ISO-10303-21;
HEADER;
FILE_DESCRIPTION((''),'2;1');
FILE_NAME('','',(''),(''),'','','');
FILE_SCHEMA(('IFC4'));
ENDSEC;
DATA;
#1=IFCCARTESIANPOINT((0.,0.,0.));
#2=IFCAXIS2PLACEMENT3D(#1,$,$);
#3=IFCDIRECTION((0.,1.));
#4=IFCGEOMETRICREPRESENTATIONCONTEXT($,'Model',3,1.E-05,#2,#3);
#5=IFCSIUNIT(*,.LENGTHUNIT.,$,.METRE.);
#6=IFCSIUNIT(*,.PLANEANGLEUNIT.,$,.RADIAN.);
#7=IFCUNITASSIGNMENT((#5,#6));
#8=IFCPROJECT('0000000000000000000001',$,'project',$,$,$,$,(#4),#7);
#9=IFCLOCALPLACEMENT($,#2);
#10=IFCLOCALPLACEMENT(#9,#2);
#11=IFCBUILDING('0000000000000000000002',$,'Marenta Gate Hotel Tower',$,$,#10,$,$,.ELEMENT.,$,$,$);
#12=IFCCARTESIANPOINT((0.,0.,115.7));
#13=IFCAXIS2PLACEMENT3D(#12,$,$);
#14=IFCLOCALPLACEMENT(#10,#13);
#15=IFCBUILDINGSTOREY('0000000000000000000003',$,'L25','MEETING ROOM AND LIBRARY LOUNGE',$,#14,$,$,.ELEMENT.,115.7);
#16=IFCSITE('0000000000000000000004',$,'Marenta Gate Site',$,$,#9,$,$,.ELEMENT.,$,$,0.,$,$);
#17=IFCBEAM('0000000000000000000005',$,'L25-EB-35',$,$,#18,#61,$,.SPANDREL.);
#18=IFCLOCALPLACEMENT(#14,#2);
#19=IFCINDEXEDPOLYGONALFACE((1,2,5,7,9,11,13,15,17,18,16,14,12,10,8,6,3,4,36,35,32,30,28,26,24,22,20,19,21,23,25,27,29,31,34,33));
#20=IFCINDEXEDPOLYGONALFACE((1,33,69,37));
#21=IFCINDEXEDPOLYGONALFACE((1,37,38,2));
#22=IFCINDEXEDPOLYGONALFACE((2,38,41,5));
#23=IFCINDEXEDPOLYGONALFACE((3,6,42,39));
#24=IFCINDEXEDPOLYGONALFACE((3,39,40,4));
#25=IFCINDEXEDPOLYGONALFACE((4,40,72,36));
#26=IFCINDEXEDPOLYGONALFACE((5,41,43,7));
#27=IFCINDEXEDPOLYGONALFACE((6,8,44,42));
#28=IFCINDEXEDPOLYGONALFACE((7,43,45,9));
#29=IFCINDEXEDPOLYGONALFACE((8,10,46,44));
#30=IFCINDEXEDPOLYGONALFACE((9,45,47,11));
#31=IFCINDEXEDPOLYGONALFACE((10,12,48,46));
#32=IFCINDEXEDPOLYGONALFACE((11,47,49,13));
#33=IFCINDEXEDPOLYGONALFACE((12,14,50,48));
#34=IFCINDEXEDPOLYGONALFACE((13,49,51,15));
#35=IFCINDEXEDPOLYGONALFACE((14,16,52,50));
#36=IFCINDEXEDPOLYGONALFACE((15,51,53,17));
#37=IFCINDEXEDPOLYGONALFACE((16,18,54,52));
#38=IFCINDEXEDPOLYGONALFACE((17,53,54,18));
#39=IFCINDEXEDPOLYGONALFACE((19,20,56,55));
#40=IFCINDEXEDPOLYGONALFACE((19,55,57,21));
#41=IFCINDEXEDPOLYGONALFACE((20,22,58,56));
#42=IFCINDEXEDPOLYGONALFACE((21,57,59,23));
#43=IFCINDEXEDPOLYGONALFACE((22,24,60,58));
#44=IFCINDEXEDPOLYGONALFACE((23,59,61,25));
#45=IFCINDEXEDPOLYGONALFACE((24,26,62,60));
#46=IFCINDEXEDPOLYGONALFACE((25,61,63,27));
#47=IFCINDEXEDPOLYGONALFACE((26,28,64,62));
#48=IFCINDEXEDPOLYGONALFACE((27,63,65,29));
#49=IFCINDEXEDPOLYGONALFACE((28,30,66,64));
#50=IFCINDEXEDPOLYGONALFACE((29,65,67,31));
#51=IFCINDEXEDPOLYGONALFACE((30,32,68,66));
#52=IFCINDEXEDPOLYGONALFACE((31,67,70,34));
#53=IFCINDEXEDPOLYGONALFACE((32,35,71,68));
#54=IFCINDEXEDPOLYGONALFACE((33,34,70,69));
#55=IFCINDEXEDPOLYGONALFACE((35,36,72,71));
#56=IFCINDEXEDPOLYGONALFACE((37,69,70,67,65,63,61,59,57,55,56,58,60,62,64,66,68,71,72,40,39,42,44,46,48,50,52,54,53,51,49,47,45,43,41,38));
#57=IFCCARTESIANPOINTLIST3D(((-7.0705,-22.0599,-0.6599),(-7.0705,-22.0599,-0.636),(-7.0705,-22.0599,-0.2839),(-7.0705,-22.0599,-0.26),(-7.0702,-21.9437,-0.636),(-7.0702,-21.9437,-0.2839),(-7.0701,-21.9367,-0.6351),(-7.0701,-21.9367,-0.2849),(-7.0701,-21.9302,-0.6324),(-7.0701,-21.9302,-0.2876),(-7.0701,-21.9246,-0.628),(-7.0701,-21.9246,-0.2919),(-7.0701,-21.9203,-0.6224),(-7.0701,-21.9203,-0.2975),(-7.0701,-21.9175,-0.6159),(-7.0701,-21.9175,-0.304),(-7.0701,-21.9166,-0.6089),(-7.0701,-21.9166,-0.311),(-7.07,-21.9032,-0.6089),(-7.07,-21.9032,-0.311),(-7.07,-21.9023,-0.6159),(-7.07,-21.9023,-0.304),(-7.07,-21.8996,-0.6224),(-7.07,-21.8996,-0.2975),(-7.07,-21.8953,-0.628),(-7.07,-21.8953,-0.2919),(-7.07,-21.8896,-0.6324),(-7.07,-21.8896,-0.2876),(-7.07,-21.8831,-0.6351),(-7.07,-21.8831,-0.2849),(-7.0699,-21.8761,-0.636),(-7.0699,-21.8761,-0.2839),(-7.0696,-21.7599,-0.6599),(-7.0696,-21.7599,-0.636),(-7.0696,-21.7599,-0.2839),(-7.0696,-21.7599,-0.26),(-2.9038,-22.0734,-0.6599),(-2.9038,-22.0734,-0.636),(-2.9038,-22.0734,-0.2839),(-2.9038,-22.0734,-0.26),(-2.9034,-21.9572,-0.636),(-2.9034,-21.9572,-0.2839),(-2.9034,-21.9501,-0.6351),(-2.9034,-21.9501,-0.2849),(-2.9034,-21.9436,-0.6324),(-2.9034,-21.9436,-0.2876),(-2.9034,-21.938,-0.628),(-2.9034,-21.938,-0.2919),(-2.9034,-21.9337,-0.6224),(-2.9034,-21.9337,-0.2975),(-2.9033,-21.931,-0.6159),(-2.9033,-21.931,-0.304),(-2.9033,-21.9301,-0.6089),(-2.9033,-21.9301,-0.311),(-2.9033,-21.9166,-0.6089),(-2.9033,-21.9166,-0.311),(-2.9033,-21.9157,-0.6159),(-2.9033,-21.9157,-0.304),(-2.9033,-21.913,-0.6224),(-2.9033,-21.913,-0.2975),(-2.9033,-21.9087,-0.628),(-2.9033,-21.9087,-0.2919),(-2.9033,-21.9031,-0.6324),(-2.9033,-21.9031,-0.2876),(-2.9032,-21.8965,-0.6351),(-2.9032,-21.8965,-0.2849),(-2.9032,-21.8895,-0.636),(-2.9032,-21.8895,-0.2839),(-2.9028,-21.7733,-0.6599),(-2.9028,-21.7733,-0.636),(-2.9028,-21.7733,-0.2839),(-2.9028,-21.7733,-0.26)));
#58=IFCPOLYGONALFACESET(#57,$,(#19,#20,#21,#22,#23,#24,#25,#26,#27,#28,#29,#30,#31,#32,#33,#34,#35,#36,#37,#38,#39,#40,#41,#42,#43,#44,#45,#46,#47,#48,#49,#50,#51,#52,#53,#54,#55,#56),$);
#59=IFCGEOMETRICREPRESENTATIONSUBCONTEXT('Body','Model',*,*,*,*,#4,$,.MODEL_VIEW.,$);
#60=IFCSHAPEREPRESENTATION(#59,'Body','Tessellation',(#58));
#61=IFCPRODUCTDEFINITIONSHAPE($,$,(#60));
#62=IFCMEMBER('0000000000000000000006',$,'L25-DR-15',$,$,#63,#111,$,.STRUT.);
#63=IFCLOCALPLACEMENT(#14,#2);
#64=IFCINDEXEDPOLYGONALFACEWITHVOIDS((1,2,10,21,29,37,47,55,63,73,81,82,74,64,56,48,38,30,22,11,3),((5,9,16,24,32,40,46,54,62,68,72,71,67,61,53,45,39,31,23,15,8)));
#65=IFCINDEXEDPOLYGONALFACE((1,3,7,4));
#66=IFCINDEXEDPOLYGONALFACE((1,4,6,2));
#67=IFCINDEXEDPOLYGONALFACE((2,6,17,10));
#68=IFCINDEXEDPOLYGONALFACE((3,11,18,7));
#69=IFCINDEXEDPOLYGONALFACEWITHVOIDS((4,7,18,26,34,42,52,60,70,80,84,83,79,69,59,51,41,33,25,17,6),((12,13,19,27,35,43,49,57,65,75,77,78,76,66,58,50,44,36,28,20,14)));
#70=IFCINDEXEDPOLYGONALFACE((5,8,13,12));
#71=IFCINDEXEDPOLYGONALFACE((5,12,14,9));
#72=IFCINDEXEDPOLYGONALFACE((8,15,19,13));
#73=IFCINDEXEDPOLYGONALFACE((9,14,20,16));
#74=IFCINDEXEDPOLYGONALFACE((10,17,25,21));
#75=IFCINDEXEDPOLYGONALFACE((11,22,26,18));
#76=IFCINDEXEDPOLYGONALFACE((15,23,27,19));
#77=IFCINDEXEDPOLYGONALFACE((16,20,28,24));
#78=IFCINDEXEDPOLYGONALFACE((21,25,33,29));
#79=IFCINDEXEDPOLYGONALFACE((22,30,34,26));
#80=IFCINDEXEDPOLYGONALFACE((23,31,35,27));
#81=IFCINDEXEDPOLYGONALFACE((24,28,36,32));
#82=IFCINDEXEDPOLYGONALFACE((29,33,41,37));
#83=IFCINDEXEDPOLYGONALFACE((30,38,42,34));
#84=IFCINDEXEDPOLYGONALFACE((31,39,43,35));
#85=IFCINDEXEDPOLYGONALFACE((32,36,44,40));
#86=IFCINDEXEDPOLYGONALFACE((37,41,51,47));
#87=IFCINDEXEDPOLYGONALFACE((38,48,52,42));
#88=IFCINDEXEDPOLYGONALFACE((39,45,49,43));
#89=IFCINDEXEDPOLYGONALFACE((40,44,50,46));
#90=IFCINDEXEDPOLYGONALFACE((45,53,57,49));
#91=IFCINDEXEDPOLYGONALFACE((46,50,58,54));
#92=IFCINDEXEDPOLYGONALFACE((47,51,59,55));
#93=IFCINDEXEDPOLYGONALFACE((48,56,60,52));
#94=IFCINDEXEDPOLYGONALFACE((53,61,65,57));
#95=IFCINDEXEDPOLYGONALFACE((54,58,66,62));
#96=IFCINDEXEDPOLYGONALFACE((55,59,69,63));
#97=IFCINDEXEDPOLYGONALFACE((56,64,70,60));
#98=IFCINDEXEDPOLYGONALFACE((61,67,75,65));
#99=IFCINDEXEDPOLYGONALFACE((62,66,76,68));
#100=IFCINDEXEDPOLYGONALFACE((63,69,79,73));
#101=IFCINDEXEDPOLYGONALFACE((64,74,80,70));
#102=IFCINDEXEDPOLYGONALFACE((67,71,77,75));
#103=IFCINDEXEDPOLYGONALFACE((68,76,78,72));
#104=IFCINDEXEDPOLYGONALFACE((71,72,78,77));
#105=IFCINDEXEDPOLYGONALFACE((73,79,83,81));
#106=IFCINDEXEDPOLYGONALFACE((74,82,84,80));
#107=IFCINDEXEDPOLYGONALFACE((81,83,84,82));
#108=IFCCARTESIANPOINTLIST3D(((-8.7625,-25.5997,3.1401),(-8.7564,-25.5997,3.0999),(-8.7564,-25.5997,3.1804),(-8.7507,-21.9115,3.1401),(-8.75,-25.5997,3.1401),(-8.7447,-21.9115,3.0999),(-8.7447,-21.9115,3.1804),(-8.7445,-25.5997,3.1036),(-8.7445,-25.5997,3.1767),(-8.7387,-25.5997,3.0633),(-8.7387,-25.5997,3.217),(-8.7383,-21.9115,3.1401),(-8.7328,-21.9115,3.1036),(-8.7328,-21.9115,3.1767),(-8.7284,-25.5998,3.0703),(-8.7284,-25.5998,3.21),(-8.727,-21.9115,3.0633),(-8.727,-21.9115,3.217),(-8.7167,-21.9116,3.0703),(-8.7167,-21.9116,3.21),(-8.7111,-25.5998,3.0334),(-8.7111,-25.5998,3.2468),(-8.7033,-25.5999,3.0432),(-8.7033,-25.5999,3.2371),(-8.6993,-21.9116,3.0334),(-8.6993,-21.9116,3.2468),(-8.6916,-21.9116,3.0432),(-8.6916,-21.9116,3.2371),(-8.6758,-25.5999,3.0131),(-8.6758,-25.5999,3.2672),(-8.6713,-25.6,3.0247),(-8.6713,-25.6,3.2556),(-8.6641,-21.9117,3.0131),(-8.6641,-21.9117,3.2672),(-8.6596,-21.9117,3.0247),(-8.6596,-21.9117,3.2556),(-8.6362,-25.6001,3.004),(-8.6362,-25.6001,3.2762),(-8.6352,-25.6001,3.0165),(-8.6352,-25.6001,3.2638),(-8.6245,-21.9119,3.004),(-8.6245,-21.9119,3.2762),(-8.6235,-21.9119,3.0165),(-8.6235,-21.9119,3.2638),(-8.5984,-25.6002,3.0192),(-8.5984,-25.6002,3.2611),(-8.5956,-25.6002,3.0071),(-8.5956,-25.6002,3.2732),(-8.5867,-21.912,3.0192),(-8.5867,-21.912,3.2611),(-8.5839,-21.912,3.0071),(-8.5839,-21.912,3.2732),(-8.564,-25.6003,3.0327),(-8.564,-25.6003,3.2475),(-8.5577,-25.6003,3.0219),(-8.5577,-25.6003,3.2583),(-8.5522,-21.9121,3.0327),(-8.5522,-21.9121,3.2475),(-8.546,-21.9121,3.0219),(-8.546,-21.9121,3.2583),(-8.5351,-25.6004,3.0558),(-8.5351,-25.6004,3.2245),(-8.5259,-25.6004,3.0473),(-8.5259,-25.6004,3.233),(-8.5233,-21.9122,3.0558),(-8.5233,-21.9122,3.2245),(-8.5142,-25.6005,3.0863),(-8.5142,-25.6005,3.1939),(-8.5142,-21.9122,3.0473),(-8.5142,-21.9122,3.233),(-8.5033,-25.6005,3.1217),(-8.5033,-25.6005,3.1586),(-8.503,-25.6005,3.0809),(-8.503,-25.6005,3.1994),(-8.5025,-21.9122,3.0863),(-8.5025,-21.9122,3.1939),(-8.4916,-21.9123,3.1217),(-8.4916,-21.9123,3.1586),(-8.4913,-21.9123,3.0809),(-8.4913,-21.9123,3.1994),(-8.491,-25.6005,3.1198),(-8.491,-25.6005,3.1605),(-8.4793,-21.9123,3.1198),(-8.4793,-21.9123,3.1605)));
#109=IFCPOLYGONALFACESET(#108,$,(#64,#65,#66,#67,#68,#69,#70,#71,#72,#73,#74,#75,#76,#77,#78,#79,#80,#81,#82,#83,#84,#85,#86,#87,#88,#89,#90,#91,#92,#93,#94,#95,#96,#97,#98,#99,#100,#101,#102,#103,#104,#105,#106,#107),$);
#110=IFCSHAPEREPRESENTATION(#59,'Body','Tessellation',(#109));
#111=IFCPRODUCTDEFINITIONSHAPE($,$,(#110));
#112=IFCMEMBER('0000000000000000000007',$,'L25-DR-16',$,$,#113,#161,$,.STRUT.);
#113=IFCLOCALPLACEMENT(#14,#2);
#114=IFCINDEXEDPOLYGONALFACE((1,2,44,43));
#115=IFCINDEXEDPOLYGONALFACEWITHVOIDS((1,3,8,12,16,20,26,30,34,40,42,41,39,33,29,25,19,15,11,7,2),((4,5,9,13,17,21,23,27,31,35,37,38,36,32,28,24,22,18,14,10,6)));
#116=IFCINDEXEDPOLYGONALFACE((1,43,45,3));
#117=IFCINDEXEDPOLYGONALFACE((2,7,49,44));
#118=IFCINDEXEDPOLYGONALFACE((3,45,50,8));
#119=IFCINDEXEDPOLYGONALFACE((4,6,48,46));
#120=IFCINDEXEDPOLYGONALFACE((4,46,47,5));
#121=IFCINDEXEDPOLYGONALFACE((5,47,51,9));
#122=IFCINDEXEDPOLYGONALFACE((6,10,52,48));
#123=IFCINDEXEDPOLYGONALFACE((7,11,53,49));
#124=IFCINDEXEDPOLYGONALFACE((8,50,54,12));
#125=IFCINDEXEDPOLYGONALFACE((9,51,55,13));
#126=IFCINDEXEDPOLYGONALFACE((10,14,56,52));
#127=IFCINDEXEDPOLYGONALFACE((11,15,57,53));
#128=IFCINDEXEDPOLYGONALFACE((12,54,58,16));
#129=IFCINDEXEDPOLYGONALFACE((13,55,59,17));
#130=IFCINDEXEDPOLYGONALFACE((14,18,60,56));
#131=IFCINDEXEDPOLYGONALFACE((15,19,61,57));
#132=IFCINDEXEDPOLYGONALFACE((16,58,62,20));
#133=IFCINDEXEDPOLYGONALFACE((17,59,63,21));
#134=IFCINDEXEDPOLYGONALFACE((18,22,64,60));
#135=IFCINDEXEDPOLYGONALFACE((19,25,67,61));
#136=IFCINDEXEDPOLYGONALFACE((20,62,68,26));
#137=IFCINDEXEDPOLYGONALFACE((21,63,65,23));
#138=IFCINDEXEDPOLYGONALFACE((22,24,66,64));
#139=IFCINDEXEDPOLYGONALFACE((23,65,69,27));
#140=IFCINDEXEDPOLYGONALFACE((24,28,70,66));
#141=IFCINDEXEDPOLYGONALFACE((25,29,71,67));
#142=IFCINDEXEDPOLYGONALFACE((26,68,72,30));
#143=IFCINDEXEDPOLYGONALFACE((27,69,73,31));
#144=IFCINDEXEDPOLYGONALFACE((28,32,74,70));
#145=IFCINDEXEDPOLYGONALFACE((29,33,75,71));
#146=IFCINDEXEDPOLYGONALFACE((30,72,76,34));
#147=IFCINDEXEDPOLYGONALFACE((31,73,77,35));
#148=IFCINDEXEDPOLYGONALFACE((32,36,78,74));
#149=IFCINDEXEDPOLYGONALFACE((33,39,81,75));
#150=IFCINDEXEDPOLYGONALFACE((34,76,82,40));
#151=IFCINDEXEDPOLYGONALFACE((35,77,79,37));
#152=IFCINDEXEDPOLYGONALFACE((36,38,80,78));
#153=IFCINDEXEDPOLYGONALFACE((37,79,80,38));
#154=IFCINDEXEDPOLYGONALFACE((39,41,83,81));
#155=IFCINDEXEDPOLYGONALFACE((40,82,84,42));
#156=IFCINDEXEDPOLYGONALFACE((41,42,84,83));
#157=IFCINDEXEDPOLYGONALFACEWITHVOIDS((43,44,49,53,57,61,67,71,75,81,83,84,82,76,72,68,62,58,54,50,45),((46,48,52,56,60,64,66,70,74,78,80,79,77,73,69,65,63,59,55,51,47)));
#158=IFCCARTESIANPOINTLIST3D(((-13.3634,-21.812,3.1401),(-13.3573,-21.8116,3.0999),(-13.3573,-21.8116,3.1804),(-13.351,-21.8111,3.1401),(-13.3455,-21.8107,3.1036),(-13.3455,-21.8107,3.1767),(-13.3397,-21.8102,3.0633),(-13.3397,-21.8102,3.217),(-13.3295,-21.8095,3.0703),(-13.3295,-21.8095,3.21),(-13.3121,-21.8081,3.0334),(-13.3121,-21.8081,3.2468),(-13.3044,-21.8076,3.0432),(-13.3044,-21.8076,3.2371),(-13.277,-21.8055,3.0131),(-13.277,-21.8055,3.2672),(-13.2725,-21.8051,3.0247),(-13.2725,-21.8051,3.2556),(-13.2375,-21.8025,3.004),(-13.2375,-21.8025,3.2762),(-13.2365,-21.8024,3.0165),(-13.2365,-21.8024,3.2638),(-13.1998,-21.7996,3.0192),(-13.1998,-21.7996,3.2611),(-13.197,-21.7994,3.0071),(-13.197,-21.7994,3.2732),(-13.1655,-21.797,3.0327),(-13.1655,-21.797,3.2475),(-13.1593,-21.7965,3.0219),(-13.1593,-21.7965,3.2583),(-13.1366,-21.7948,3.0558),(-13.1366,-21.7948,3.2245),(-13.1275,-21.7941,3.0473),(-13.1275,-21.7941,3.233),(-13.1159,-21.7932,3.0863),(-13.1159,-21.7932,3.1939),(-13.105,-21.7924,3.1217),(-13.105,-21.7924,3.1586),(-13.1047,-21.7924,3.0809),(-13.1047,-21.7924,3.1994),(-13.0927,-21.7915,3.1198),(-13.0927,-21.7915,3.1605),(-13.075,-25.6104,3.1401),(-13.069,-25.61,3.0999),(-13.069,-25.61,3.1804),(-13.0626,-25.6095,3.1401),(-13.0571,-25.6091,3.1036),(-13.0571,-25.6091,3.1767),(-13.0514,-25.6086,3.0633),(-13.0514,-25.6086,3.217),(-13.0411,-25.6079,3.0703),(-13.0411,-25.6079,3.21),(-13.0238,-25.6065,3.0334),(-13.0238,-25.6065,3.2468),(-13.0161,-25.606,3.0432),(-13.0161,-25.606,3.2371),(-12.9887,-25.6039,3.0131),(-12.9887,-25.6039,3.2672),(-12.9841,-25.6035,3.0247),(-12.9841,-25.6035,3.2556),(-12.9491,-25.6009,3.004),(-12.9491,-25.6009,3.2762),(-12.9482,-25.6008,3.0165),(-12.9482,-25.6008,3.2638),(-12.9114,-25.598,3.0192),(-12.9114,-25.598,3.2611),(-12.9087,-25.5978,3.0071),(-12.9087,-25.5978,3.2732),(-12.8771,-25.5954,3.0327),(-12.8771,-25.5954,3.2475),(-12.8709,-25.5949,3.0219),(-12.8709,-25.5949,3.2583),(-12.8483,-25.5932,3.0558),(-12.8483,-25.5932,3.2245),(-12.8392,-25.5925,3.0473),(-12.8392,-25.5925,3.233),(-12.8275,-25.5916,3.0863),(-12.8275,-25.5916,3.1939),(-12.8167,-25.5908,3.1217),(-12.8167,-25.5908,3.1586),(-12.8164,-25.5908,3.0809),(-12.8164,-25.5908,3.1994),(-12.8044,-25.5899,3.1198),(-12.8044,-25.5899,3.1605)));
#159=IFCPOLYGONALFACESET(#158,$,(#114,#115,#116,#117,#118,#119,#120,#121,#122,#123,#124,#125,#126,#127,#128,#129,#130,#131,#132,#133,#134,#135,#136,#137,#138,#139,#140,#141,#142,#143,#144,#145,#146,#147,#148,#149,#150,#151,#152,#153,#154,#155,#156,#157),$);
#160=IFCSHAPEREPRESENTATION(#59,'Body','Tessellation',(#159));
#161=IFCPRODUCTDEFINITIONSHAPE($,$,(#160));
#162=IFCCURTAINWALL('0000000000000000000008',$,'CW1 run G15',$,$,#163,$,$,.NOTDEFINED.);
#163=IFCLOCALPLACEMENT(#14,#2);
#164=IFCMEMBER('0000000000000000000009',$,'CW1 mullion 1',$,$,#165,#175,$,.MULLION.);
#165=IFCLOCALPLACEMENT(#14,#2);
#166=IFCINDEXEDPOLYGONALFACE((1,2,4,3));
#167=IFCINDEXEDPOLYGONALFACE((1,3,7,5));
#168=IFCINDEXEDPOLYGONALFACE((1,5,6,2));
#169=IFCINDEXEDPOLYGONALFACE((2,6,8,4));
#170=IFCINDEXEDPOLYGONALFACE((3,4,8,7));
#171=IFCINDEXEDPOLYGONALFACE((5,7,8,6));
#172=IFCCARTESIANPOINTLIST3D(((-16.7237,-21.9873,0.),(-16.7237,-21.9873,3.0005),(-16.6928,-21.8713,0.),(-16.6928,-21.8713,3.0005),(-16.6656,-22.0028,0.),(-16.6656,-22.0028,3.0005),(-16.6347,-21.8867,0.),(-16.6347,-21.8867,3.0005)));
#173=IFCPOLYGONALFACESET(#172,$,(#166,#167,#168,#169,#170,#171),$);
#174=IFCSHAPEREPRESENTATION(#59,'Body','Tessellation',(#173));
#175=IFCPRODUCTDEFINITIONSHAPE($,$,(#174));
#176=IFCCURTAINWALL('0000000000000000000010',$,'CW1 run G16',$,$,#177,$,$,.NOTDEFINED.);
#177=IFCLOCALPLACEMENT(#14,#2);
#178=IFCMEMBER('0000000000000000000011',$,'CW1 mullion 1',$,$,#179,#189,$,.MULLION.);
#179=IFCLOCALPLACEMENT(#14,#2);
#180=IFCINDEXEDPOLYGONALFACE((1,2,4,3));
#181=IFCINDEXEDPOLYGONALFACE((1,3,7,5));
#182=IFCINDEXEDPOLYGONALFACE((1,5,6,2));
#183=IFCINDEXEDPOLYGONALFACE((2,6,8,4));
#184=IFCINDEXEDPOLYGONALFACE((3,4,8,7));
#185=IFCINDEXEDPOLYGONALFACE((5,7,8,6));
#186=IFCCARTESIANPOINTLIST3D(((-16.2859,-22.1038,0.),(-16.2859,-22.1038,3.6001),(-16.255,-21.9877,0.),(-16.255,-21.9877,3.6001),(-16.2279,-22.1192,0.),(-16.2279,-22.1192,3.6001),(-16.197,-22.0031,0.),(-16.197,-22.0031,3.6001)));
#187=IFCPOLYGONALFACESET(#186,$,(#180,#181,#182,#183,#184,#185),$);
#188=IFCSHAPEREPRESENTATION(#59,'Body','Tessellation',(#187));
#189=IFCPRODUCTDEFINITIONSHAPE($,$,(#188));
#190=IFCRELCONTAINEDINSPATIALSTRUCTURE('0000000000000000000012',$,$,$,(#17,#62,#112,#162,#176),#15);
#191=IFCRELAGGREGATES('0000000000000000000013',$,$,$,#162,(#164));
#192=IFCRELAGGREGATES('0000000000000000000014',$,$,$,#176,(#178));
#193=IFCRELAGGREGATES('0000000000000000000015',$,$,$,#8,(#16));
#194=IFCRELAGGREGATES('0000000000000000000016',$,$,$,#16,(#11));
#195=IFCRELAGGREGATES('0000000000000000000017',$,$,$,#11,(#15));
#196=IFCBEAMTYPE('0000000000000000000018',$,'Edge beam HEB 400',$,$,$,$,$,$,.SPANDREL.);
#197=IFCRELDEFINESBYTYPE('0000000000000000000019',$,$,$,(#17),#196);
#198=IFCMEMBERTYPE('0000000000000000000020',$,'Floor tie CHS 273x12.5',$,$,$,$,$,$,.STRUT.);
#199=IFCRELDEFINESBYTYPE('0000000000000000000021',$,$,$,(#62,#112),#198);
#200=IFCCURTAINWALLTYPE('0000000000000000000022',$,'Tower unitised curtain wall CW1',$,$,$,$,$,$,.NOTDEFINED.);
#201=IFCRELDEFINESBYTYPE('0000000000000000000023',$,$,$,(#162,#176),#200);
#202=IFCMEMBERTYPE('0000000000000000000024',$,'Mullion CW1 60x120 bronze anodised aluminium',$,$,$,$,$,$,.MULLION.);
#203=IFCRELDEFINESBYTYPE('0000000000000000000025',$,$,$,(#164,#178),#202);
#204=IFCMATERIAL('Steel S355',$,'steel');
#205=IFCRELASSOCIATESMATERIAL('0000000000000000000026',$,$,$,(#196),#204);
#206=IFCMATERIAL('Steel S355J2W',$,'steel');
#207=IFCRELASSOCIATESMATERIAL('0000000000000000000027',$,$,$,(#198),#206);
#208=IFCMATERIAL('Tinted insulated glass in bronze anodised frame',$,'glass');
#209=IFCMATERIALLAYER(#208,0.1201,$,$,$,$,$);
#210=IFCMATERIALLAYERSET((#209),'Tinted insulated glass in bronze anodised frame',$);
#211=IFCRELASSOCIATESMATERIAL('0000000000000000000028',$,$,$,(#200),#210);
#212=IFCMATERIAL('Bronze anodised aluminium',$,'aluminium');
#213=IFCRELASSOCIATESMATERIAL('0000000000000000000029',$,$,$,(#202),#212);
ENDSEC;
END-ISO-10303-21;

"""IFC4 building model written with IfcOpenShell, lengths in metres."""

from ifc_helpers import new_model, si_unit, direction, frame, origin, origin_2d, place, context, subcontext, project, spatial, rectangle, hollow_circle, i_section, extrude, material, layer, layer_set, material_profile, profile_set, type_object, element, aggregate, save


model = new_model("IFC4")

# Units and contexts
model_context = context("Model", 3, precision=1e-05, world=origin(), true_north=direction((0.0, 1.0)))
body_context = subcontext(model_context, "Body", "Model", "MODEL_VIEW")
ifc_project = project(units=[si_unit("LENGTHUNIT", "METRE"), si_unit("PLANEANGLEUNIT", "RADIAN")], contexts=[model_context])

# Site, building, storey
site_placement = place(None, origin())
site = spatial("IfcSite", under=ifc_project, at=site_placement, Name="Marenta Gate Site", CompositionType="ELEMENT", RefElevation=0.0)
building_placement = place(site_placement, origin())
building = spatial("IfcBuilding", under=site, at=building_placement, Name="Marenta Gate Hotel Tower", CompositionType="ELEMENT")
storey_placement = place(building_placement, frame((0.0, 0.0, 115.7)))
storey = spatial("IfcBuildingStorey", under=building, at=storey_placement, Name="L25", Description="MEETING ROOM AND LIBRARY LOUNGE", CompositionType="ELEMENT", Elevation=115.7)

# Beam
ifc_material_1 = material(Name="Steel S355", Category="steel")
ifc_material_profile_1 = material_profile(ifc_material_1, i_section(OverallWidth=0.3, OverallDepth=0.3999, WebThickness=0.0134, FlangeThickness=0.0239, FilletRadius=0.0271, at=origin_2d()), Name="HEB 400")
ifc_profile_set_1 = profile_set([ifc_material_profile_1], Name="Steel S355")
beam_type = type_object("IfcBeamType", Name="Edge beam HEB 400", PredefinedType="SPANDREL", material=ifc_profile_set_1)
beam_placement = place(storey_placement, frame((-2.9033, -21.9233, -0.46), z_axis=(-0.999995, 0.003223, 0.0), x_axis=(-0.003223, -0.999995, 0.0)))
element("IfcBeam", 1, at=beam_placement, inside=storey, type_object=beam_type, Name="L25-EB-35", PredefinedType="SPANDREL", context=body_context, shape_type="SweptSolid", body=[
    extrude(i_section(OverallWidth=0.3, OverallDepth=0.3999, WebThickness=0.0134, FlangeThickness=0.0239, FilletRadius=0.0271, at=origin_2d()), origin(), (0.0, 0.0, 1.0), 4.1667),
])

# Members
ifc_material_2 = material(Name="Steel S355J2W", Category="steel")
ifc_material_profile_2 = material_profile(ifc_material_2, hollow_circle(Radius=0.1365, WallThickness=0.0125, at=origin_2d()), Name="CHS 273x12.5")
ifc_profile_set_2 = profile_set([ifc_material_profile_2], Name="Steel S355J2W")
member_type_1 = type_object("IfcMemberType", Name="Floor tie CHS 273x12.5", PredefinedType="STRUT", material=ifc_profile_set_2)
member_1_placement = place(storey_placement, frame((-8.626, -25.6001, 3.1401), z_axis=(0.003177, 0.999995, 0.0), x_axis=(-0.999995, 0.003177, 0.0)))
element("IfcMember", 2, at=member_1_placement, inside=storey, type_object=member_type_1, Name="L25-DR-15", PredefinedType="STRUT", context=body_context, shape_type="SweptSolid", body=[
    extrude(hollow_circle(Radius=0.1365, WallThickness=0.0125, at=origin_2d()), origin(), (0.0, 0.0, 1.0), 3.6882),
])
member_2_placement = place(storey_placement, frame((-12.939, -25.6001, 3.1401), z_axis=(-0.075692, 0.997131, 0.0), x_axis=(-0.997131, -0.075692, 0.0)))
element("IfcMember", 3, at=member_2_placement, inside=storey, type_object=member_type_1, Name="L25-DR-16", PredefinedType="STRUT", context=body_context, shape_type="SweptSolid", body=[
    extrude(hollow_circle(Radius=0.1365, WallThickness=0.0125, at=origin_2d()), origin(), (0.0, 0.0, 1.0), 3.8093),
])

# Curtain walls, members
ifc_material_3 = material(Name="Tinted insulated glass in bronze anodised frame", Category="glass")
ifc_layer_1 = layer(ifc_material_3, 0.1201)
ifc_layer_set_1 = layer_set([ifc_layer_1], Name="Tinted insulated glass in bronze anodised frame")
curtain_wall_type = type_object("IfcCurtainWallType", Name="Tower unitised curtain wall CW1", PredefinedType="NOTDEFINED", material=ifc_layer_set_1)
curtain_wall_1_placement = place(storey_placement, origin())
curtain_wall_1 = element("IfcCurtainWall", 4, at=curtain_wall_1_placement, inside=storey, type_object=curtain_wall_type, Name="CW1 run G15", PredefinedType="NOTDEFINED")
ifc_material_4 = material(Name="Bronze anodised aluminium", Category="aluminium")
ifc_material_profile_3 = material_profile(ifc_material_4, rectangle(XDim=0.1201, YDim=0.0601, at=origin_2d()), Name="Mullion CW1 60x120 bronze anodised aluminium")
ifc_profile_set_3 = profile_set([ifc_material_profile_3], Name="Bronze anodised aluminium")
member_type_2 = type_object("IfcMemberType", Name="Mullion CW1 60x120 bronze anodised aluminium", PredefinedType="MULLION", material=ifc_profile_set_3)
member_3_placement = place(storey_placement, frame((-16.6792, -21.937, 0.0), z_axis=(0.0, 0.0, 1.0), x_axis=(0.257154, 0.96637, 0.0)))
member_3 = element("IfcMember", 5, at=member_3_placement, type_object=member_type_2, Name="CW1 mullion 1", PredefinedType="MULLION", context=body_context, shape_type="SweptSolid", body=[
    extrude(rectangle(XDim=0.1201, YDim=0.0601, at=origin_2d()), origin(), (0.0, 0.0, 1.0), 3.0005),
])
curtain_wall_2_placement = place(storey_placement, origin())
curtain_wall_2 = element("IfcCurtainWall", 6, at=curtain_wall_2_placement, inside=storey, type_object=curtain_wall_type, Name="CW1 run G16", PredefinedType="NOTDEFINED")
member_4_placement = place(storey_placement, frame((-16.2415, -22.0535, 0.0), z_axis=(0.0, 0.0, 1.0), x_axis=(0.257135, 0.966376, 0.0)))
member_4 = element("IfcMember", 7, at=member_4_placement, type_object=member_type_2, Name="CW1 mullion 1", PredefinedType="MULLION", context=body_context, shape_type="SweptSolid", body=[
    extrude(rectangle(XDim=0.1201, YDim=0.0601, at=origin_2d()), origin(), (0.0, 0.0, 1.0), 3.6001),
])

aggregate(curtain_wall_1, [member_3])
aggregate(curtain_wall_2, [member_4])

save(model, "model.ifc")
